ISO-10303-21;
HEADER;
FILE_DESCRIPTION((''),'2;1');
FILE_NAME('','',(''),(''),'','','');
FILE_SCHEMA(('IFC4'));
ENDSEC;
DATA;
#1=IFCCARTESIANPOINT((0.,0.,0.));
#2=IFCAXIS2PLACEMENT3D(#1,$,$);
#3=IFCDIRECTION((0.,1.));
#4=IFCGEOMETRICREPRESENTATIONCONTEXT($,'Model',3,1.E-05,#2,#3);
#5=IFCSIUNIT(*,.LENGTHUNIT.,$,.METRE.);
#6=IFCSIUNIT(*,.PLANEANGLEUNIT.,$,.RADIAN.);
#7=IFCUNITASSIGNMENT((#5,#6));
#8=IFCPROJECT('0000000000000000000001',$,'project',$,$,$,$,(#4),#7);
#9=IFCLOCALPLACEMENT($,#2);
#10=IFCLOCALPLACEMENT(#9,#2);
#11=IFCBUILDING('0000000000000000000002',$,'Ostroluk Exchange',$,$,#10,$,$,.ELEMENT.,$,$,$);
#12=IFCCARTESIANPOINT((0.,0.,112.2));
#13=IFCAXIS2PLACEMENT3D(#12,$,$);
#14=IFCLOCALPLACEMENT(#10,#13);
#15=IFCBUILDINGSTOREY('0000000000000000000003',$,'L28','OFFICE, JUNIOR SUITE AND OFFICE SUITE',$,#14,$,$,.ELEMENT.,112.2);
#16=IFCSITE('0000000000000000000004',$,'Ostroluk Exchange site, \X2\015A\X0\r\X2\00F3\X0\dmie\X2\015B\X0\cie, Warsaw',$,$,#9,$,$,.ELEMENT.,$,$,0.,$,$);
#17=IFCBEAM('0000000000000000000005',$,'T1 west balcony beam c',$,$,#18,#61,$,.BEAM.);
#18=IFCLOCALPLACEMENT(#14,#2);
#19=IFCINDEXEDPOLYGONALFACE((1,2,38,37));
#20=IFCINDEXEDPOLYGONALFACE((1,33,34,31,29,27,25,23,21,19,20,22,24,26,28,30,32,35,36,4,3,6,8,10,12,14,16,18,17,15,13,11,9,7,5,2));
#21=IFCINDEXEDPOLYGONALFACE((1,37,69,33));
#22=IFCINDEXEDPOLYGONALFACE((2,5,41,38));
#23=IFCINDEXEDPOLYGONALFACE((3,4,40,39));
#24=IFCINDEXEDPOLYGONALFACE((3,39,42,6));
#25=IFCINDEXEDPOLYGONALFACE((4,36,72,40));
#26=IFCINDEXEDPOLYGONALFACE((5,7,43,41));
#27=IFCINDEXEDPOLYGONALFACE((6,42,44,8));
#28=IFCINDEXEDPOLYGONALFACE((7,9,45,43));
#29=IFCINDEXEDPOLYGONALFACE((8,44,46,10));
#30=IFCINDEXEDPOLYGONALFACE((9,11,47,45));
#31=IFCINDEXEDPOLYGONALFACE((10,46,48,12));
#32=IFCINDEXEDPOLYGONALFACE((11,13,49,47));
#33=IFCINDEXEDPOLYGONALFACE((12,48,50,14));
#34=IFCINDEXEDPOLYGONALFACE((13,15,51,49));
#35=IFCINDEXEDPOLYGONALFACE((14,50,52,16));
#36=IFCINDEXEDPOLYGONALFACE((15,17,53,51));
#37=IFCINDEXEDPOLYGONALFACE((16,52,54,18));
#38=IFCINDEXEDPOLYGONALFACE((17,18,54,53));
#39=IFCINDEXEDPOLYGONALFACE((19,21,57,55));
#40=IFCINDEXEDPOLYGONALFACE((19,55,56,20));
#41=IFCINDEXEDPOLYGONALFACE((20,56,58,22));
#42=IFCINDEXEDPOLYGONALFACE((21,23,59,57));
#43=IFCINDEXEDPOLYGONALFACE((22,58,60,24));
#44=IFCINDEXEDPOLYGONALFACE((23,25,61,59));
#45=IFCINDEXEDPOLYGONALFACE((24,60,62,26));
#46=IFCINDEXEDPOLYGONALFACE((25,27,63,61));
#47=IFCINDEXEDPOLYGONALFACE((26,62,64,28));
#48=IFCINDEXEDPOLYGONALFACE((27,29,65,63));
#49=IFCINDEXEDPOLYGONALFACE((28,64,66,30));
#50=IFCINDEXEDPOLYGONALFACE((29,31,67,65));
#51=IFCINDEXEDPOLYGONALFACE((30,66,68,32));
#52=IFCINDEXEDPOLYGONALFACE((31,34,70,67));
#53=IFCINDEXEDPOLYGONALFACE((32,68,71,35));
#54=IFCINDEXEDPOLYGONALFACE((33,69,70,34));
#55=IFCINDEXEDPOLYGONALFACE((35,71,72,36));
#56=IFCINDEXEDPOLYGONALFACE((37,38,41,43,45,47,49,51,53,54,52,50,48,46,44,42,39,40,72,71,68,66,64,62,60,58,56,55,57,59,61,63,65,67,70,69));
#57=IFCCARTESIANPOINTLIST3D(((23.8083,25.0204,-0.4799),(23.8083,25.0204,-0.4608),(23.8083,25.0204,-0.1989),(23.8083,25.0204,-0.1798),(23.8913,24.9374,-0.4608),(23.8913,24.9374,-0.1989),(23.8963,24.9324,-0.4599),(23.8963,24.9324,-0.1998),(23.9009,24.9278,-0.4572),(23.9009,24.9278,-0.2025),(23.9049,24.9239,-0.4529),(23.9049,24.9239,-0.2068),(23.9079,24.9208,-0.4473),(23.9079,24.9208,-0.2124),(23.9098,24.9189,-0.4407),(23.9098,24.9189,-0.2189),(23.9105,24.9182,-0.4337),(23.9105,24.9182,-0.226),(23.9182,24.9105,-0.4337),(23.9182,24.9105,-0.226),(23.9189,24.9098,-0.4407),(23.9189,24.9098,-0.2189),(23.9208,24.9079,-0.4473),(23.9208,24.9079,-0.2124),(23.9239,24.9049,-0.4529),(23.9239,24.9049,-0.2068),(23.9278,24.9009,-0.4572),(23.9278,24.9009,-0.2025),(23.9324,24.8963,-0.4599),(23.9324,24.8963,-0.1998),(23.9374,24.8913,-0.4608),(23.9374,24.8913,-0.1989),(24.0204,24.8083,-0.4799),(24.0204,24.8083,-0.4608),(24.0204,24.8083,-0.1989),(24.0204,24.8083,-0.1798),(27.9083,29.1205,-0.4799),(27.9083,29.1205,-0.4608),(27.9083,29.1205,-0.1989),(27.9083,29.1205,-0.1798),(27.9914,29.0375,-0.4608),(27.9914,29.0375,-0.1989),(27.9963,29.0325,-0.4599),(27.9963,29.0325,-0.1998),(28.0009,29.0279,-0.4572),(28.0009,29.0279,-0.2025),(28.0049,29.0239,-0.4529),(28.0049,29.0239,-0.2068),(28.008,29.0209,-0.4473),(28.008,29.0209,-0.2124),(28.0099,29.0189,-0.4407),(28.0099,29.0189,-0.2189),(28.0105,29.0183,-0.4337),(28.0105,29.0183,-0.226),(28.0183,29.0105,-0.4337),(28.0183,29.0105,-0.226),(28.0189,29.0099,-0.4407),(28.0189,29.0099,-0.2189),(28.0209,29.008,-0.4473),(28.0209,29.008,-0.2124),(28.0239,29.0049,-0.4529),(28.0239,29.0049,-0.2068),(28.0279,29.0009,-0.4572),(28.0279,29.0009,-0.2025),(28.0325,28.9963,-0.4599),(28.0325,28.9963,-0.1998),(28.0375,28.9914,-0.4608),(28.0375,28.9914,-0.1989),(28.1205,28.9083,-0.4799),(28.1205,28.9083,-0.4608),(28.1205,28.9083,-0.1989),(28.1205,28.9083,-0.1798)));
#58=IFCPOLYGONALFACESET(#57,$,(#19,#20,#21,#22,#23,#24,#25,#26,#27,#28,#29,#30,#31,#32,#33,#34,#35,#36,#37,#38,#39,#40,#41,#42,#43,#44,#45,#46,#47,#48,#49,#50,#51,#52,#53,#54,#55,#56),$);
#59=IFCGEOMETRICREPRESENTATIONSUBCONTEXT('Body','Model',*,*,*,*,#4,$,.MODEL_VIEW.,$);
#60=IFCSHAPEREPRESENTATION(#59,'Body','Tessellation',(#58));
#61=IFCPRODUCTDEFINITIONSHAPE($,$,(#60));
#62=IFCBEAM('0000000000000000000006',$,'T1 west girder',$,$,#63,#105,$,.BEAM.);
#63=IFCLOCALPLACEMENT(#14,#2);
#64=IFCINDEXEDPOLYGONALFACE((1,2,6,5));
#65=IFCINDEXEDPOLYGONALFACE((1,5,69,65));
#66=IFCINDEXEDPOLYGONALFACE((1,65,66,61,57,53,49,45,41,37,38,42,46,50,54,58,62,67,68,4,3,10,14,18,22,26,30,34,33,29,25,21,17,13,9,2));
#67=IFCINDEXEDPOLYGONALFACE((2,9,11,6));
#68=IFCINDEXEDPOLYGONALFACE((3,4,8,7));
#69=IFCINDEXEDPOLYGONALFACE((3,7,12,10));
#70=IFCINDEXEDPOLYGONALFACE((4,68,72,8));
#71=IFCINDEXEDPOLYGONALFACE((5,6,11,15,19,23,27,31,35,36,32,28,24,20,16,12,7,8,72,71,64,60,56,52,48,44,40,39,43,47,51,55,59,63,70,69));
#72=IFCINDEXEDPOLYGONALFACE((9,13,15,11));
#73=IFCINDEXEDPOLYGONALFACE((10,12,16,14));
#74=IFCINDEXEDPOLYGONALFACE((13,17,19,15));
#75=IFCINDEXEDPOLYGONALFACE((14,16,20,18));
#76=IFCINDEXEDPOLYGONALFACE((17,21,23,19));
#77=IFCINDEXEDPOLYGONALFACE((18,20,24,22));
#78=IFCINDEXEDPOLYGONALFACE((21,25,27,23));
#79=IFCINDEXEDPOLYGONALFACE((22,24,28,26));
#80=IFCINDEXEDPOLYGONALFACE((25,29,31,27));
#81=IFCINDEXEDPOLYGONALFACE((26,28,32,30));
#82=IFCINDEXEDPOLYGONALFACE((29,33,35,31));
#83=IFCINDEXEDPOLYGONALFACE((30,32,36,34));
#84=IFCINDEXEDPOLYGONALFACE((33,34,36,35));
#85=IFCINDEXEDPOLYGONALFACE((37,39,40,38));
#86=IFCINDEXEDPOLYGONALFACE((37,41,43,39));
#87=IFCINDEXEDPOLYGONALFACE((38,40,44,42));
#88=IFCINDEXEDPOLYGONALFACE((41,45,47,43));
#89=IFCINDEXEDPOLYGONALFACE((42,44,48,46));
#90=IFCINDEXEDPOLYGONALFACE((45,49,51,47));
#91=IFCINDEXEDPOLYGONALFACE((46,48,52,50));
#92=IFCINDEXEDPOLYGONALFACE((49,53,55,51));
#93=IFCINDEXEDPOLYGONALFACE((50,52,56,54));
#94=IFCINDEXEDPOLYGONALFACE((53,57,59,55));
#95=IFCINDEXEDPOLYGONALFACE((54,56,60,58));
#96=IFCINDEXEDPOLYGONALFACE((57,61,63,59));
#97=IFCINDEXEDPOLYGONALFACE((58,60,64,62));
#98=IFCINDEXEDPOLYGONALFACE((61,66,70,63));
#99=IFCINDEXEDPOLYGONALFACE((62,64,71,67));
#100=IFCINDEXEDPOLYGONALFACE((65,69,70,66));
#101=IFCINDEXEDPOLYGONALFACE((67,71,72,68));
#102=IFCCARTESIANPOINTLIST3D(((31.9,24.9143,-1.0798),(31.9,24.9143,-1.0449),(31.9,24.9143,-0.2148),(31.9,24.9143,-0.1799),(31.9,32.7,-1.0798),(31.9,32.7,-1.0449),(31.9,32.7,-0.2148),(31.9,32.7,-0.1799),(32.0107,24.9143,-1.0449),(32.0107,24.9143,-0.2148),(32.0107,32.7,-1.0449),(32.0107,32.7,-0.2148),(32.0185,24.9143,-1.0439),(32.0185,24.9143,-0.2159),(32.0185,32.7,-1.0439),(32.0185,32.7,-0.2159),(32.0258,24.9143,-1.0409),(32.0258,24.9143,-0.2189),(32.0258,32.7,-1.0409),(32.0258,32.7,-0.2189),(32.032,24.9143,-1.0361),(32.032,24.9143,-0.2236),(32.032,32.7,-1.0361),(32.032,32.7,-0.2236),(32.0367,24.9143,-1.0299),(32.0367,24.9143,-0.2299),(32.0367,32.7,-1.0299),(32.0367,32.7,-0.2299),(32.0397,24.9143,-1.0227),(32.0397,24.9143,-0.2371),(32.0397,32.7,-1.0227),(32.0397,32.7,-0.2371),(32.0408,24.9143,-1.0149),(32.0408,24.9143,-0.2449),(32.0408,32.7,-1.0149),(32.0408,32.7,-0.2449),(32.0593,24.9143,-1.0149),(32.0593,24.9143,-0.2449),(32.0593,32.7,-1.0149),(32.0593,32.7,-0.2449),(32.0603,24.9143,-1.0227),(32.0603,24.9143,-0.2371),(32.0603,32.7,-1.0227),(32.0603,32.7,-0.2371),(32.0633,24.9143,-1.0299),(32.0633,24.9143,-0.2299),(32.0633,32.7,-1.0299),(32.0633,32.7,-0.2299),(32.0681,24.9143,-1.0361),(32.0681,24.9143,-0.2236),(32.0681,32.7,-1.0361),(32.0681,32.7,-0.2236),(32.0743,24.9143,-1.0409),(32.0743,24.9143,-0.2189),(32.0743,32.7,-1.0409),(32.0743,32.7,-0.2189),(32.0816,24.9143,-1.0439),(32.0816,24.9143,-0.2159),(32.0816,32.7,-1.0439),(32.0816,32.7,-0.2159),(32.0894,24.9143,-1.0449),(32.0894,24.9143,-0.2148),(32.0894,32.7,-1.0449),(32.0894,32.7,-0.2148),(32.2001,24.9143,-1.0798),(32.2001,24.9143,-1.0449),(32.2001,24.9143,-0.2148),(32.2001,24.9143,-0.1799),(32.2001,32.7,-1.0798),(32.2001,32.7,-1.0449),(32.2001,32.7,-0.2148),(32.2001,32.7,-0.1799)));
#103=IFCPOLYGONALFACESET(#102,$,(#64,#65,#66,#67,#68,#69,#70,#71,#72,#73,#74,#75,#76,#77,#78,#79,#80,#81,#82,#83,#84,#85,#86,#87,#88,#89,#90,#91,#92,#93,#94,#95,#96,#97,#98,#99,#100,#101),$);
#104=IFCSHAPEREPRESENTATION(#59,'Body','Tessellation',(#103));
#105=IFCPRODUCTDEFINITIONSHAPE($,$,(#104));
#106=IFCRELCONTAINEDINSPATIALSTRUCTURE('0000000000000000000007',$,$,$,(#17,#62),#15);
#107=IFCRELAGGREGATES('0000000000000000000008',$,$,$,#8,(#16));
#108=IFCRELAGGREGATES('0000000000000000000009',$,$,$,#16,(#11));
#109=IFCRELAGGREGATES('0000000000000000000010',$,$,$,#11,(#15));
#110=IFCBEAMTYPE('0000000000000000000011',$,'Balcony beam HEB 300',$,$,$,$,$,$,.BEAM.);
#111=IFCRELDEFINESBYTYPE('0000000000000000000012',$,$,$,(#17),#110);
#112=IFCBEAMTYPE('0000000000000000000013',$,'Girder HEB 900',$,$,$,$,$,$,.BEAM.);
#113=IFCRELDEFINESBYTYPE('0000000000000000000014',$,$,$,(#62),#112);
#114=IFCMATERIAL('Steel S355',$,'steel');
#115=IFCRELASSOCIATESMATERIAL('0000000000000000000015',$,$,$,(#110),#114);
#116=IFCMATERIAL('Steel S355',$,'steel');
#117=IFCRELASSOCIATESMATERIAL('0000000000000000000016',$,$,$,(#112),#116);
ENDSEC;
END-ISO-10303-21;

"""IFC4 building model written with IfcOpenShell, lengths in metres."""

from ifc_helpers import new_model, si_unit, direction, frame, origin, origin_2d, place, context, subcontext, project, spatial, i_section, extrude, material, material_profile, profile_set, type_object, element, save


model = new_model("IFC4")

# Units and contexts
model_context = context("Model", 3, precision=1e-05, world=origin(), true_north=direction((0.0, 1.0)))
body_context = subcontext(model_context, "Body", "Model", "MODEL_VIEW")
ifc_project = project(units=[si_unit("LENGTHUNIT", "METRE"), si_unit("PLANEANGLEUNIT", "RADIAN")], contexts=[model_context])

# Site, building, storey
site_placement = place(None, origin())
site = spatial("IfcSite", under=ifc_project, at=site_placement, Name="Ostroluk Exchange site, Śródmieście, Warsaw", CompositionType="ELEMENT", RefElevation=0.0)
building_placement = place(site_placement, origin())
building = spatial("IfcBuilding", under=site, at=building_placement, Name="Ostroluk Exchange", CompositionType="ELEMENT")
storey_placement = place(building_placement, frame((0.0, 0.0, 112.2)))
storey = spatial("IfcBuildingStorey", under=building, at=storey_placement, Name="L28", Description="OFFICE, JUNIOR SUITE AND OFFICE SUITE", CompositionType="ELEMENT", Elevation=112.2)

# Beams
ifc_material_1 = material(Name="Steel S355", Category="steel")
ifc_material_profile_1 = material_profile(ifc_material_1, i_section(OverallWidth=0.3, OverallDepth=0.3, WebThickness=0.011, FlangeThickness=0.019, FilletRadius=0.0271, at=origin_2d()), Name="HEB 300")
ifc_profile_set_1 = profile_set([ifc_material_profile_1], Name="Steel S355")
beam_type_1 = type_object("IfcBeamType", Name="Balcony beam HEB 300", PredefinedType="BEAM", material=ifc_profile_set_1)
beam_1_placement = place(storey_placement, frame((28.0144, 29.0144, -0.3298), z_axis=(-0.707107, -0.707107, 0.0), x_axis=(0.707107, -0.707107, 0.0)))
element("IfcBeam", 1, at=beam_1_placement, inside=storey, type_object=beam_type_1, Name="T1 west balcony beam c", PredefinedType="BEAM", context=body_context, shape_type="SweptSolid", body=[
    extrude(i_section(OverallWidth=0.3, OverallDepth=0.3, WebThickness=0.011, FlangeThickness=0.019, FilletRadius=0.0271, at=origin_2d()), origin(), (0.0, 0.0, 1.0), 5.7983),
])
ifc_material_2 = material(Name="Steel S355", Category="steel")
ifc_material_profile_2 = material_profile(ifc_material_2, i_section(OverallWidth=0.3, OverallDepth=0.8999, WebThickness=0.0186, FlangeThickness=0.0349, FilletRadius=0.03, at=origin_2d()), Name="HEB 900")
ifc_profile_set_2 = profile_set([ifc_material_profile_2], Name="Steel S355")
beam_type_2 = type_object("IfcBeamType", Name="Girder HEB 900", PredefinedType="BEAM", material=ifc_profile_set_2)
beam_2_placement = place(storey_placement, frame((32.05, 32.7, -0.6299), z_axis=(0.0, -1.0, 0.0), x_axis=(1.0, 0.0, 0.0)))
element("IfcBeam", 2, at=beam_2_placement, inside=storey, type_object=beam_type_2, Name="T1 west girder", PredefinedType="BEAM", context=body_context, shape_type="SweptSolid", body=[
    extrude(i_section(OverallWidth=0.3, OverallDepth=0.8999, WebThickness=0.0186, FlangeThickness=0.0349, FilletRadius=0.03, at=origin_2d()), origin(), (0.0, 0.0, 1.0), 7.7856),
])

save(model, "model.ifc")
